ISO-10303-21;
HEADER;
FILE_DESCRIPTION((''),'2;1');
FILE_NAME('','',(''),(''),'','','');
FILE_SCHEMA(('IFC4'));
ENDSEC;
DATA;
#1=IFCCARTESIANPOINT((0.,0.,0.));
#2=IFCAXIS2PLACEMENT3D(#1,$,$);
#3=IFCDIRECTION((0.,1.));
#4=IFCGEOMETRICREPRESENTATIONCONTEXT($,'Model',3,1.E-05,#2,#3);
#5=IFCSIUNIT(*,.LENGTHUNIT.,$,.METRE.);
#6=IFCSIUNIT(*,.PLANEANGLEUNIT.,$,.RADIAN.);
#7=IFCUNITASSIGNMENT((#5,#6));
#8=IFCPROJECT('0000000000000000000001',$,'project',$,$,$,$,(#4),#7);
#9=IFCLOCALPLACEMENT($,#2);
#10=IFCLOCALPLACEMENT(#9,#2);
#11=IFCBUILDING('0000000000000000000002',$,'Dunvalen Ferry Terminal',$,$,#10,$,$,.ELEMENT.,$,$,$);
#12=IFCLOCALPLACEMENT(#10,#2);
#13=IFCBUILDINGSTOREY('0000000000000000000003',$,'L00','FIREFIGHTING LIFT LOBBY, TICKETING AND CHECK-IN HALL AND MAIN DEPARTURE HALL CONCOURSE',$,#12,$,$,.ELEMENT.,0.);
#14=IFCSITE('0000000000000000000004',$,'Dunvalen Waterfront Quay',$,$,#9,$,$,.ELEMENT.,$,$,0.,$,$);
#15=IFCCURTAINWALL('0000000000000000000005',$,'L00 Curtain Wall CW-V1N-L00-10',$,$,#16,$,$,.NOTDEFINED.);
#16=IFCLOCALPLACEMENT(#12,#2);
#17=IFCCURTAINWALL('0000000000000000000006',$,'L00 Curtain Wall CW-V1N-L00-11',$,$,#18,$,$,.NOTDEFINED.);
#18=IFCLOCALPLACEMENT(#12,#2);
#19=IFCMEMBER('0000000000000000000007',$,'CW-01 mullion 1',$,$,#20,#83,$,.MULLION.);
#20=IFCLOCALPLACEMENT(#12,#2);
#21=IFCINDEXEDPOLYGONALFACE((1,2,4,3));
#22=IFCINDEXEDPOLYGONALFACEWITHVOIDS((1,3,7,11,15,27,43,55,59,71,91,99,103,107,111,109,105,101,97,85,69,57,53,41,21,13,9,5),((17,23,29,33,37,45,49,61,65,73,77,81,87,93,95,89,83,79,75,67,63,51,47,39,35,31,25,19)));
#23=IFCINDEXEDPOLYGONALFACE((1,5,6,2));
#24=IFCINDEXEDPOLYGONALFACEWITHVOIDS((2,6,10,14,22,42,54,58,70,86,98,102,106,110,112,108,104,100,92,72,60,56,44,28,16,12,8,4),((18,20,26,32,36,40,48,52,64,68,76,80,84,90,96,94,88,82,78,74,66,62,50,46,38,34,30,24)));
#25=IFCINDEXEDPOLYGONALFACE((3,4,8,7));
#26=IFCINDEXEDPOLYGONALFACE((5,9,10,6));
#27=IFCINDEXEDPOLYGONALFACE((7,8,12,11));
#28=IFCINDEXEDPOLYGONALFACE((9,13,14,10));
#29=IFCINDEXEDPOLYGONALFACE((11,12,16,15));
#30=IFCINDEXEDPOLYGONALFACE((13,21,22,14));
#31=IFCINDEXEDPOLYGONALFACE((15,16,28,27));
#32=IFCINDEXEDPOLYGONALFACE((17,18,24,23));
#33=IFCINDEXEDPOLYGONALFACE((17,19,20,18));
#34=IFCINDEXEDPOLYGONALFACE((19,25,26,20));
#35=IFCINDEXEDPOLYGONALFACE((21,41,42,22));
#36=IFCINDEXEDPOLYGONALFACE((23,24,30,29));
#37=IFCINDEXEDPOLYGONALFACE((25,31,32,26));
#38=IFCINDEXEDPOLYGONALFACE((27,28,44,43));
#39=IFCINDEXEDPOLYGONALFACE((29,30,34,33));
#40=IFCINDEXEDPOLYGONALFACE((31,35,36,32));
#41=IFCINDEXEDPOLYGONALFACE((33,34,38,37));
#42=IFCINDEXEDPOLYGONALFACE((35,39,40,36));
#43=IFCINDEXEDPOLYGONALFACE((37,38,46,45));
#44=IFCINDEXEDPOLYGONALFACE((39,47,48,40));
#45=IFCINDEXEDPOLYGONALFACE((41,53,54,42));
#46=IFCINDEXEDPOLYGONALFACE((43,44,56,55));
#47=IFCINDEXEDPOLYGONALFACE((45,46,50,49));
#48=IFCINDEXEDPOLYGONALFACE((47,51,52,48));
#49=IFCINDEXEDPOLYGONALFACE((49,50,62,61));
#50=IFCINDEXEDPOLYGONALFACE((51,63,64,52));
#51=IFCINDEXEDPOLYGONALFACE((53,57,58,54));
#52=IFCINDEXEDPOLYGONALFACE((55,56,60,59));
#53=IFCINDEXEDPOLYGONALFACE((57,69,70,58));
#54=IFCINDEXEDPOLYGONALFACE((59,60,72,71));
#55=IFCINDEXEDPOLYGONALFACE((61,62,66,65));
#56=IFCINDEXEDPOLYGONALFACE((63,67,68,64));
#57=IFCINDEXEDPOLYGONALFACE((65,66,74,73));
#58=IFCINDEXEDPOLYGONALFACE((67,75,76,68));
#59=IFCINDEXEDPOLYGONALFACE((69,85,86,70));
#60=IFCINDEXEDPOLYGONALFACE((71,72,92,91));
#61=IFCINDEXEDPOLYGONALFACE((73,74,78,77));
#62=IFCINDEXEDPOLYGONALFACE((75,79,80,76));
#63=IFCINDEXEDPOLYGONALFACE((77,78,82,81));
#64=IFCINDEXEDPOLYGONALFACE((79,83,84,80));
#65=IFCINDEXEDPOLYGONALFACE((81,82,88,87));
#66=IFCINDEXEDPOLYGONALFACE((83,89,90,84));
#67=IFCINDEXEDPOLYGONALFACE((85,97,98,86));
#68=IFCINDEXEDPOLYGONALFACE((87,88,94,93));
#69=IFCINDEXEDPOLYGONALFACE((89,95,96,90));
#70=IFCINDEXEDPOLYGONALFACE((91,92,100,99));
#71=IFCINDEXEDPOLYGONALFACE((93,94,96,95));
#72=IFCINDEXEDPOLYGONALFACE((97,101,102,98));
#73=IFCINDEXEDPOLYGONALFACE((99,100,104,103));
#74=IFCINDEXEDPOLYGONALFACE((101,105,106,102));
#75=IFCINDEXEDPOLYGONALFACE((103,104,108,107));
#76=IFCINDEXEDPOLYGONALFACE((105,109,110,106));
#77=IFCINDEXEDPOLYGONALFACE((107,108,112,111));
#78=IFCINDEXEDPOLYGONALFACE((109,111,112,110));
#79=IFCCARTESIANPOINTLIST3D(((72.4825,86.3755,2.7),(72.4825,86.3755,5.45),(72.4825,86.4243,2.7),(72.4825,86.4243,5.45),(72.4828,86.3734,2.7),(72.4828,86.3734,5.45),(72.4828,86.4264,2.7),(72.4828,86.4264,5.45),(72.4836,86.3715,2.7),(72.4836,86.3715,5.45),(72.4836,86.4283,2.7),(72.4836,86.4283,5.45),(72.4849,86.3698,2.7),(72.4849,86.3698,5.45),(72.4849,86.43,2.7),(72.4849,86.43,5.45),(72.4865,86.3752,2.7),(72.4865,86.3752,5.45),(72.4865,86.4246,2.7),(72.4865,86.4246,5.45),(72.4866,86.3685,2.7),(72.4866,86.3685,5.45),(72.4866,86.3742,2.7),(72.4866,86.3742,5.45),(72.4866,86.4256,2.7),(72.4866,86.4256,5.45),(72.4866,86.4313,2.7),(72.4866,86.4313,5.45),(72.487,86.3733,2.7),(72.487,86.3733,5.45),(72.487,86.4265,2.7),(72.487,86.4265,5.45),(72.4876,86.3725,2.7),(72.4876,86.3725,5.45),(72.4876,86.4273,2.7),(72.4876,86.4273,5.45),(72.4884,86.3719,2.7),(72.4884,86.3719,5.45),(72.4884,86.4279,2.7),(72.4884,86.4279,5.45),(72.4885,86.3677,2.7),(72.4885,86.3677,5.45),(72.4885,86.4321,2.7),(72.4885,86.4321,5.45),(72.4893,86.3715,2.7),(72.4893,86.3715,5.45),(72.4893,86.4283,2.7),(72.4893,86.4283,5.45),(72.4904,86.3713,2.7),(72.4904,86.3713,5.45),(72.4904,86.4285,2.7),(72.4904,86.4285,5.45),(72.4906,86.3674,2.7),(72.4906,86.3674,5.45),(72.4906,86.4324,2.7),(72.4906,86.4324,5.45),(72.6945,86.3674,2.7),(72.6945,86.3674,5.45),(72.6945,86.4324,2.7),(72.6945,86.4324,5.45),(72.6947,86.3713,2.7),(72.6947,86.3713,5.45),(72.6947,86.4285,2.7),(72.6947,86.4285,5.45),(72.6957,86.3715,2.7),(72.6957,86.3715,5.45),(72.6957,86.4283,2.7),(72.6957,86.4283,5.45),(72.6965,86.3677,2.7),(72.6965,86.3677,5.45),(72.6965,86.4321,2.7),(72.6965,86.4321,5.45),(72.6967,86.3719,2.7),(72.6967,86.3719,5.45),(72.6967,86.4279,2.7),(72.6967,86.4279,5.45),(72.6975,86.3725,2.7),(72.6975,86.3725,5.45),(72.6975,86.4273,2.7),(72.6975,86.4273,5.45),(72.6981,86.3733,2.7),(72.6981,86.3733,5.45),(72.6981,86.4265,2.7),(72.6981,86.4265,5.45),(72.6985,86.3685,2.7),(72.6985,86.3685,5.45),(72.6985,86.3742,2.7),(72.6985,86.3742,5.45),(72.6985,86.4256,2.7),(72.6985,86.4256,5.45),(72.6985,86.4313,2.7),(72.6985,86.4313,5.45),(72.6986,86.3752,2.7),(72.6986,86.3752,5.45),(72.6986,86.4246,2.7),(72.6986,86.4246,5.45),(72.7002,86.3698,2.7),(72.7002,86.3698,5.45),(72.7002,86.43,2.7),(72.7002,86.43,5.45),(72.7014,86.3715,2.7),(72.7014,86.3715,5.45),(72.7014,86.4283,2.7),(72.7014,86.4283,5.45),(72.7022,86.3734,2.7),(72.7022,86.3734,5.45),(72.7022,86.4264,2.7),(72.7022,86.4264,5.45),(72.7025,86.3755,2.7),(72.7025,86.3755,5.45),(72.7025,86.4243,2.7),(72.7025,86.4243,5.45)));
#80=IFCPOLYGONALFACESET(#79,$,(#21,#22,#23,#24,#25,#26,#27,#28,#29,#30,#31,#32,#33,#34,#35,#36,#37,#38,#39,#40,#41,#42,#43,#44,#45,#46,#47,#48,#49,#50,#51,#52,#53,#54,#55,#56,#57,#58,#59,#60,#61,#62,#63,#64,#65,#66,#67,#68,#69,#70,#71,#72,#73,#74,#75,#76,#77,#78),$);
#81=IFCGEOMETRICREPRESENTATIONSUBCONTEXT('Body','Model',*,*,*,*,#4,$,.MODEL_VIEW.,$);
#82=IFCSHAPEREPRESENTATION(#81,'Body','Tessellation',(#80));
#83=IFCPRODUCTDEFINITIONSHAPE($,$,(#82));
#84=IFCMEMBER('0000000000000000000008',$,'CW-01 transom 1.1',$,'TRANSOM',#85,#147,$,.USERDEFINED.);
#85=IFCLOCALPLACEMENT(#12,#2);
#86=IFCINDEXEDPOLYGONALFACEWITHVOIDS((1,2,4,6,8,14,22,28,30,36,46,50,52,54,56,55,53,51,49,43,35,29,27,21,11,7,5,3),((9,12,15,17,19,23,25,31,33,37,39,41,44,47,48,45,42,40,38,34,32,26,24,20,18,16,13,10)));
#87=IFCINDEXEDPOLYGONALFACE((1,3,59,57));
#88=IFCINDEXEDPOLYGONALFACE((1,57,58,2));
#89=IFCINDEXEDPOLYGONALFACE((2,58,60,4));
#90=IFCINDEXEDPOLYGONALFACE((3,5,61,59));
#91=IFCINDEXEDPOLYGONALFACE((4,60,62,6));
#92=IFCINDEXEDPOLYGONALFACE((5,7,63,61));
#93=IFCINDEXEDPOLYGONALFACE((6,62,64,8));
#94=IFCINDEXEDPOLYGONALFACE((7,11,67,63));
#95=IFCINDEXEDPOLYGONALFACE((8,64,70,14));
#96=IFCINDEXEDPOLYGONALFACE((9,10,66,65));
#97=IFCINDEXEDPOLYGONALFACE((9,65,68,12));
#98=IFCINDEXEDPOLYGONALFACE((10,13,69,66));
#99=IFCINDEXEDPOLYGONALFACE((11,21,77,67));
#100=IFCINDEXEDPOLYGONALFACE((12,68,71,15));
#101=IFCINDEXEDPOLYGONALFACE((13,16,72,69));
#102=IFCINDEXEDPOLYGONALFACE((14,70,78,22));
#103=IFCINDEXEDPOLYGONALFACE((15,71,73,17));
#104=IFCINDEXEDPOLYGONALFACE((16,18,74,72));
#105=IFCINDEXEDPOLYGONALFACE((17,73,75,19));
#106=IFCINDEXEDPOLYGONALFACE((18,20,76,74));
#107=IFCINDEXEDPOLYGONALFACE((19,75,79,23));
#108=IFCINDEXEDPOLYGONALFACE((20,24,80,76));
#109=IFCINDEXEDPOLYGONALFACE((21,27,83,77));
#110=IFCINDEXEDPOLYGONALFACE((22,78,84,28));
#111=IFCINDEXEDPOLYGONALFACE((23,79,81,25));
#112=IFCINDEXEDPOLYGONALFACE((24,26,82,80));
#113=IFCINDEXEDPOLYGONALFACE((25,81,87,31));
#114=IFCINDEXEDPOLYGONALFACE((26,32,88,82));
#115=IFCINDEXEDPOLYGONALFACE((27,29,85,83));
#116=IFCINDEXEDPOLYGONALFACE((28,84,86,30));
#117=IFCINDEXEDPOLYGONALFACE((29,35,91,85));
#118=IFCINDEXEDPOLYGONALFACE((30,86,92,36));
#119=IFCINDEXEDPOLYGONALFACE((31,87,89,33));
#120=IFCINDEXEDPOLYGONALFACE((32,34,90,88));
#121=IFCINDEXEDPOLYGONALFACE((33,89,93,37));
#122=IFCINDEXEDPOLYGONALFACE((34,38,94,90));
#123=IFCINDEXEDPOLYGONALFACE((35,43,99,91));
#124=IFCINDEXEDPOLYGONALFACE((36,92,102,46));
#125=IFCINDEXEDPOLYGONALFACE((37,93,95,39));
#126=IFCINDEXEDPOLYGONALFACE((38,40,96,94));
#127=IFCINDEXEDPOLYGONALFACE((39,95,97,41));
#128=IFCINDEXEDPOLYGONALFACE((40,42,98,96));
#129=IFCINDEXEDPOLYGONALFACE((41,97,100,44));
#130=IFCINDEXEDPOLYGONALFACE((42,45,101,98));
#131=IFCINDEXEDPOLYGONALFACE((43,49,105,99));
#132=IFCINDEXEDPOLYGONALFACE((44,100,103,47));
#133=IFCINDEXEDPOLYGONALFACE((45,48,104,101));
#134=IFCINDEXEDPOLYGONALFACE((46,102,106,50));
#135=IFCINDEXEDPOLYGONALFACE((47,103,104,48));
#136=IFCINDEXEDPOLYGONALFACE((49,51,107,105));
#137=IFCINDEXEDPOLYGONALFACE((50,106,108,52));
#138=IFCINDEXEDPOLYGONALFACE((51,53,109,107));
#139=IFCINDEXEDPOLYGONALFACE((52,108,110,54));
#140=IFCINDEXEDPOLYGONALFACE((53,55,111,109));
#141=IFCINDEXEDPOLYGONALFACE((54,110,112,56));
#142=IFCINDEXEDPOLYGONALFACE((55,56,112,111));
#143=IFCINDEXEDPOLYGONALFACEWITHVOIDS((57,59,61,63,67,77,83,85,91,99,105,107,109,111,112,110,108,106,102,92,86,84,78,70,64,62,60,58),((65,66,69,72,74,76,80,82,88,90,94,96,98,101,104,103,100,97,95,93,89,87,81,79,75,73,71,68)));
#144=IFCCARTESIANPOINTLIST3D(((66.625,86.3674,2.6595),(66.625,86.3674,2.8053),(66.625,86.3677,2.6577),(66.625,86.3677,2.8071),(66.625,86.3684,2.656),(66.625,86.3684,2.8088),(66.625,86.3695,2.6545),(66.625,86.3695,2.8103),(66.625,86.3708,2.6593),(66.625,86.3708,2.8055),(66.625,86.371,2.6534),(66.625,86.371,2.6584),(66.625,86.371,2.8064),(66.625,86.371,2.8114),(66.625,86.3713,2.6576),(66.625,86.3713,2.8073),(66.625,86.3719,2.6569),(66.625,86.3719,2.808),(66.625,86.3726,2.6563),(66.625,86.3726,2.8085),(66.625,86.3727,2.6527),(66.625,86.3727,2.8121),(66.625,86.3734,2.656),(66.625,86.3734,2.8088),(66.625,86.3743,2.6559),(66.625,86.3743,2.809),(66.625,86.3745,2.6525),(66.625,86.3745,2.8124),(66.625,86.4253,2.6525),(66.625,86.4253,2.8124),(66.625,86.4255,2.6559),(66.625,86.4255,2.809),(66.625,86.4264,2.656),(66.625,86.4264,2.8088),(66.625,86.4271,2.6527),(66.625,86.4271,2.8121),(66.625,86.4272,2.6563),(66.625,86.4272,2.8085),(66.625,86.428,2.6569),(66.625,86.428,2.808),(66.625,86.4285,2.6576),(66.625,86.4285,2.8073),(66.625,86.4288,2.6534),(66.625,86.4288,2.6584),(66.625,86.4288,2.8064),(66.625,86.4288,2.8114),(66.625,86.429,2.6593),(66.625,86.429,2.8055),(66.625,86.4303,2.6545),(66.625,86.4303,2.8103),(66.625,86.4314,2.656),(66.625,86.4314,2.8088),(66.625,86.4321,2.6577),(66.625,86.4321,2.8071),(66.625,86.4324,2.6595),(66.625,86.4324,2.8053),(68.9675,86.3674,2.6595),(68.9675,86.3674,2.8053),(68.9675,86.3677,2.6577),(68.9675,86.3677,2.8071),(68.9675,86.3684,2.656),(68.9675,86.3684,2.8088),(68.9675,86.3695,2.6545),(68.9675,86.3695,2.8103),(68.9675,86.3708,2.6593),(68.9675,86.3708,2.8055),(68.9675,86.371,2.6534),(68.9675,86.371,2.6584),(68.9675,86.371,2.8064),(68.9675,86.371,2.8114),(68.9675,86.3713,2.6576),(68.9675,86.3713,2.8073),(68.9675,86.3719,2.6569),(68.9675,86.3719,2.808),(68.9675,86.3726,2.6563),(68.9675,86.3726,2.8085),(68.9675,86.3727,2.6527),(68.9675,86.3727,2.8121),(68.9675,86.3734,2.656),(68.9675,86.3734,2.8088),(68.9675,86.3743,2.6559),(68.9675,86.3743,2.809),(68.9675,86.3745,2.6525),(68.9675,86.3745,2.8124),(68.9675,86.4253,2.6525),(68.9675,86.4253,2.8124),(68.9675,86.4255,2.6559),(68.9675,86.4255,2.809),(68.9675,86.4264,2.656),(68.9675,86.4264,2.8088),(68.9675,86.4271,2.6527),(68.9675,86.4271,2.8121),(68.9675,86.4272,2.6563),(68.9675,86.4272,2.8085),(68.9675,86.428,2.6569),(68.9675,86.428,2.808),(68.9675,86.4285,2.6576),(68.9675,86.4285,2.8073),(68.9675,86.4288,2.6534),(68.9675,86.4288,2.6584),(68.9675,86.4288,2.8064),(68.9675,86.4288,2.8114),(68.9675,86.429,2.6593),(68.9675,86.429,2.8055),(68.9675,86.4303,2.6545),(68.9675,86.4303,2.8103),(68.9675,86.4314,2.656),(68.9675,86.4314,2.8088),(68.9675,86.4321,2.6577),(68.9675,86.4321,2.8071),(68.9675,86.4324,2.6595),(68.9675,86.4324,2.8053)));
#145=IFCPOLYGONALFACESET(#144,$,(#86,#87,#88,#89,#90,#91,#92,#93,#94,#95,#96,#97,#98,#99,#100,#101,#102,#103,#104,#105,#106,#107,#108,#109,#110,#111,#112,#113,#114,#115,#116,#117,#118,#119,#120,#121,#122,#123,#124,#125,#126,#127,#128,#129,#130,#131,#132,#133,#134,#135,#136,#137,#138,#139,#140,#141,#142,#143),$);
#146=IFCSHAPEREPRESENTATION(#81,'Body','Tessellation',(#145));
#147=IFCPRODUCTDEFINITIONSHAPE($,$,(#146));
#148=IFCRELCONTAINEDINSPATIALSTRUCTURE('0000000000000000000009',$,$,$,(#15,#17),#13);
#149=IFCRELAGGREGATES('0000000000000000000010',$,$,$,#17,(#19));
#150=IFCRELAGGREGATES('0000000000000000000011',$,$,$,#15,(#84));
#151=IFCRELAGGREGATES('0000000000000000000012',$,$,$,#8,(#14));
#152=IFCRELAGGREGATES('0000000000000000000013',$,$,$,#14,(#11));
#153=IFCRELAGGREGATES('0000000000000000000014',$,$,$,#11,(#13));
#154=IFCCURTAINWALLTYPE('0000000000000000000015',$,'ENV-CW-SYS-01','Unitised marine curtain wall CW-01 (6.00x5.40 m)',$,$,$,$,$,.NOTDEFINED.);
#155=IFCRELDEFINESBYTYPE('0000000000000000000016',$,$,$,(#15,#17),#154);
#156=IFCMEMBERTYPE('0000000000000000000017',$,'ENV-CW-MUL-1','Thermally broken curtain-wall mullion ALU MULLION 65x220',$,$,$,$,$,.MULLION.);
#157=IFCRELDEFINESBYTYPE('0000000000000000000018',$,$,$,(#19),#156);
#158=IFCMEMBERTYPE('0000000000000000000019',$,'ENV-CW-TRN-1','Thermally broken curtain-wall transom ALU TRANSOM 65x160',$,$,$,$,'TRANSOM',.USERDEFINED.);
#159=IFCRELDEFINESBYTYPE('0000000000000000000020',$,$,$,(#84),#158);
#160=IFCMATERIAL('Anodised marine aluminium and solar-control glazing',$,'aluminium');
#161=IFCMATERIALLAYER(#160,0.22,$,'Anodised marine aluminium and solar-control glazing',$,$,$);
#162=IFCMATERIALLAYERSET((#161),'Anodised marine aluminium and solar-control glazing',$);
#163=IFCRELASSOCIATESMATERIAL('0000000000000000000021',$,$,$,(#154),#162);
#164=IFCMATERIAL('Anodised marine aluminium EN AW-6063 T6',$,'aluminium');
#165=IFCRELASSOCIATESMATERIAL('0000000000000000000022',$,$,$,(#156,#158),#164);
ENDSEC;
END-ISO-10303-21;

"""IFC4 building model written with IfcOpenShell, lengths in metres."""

from ifc_helpers import new_model, si_unit, direction, frame, origin, origin_2d, place, context, subcontext, project, spatial, hollow_rectangle, extrude, material, layer, layer_set, material_profile, profile_set, type_object, element, aggregate, save


model = new_model("IFC4")

# Units and contexts
model_context = context("Model", 3, precision=1e-05, world=origin(), true_north=direction((0.0, 1.0)))
body_context = subcontext(model_context, "Body", "Model", "MODEL_VIEW")
ifc_project = project(units=[si_unit("LENGTHUNIT", "METRE"), si_unit("PLANEANGLEUNIT", "RADIAN")], contexts=[model_context])

# Site, building, storey
site_placement = place(None, origin())
site = spatial("IfcSite", under=ifc_project, at=site_placement, Name="Dunvalen Waterfront Quay", CompositionType="ELEMENT", RefElevation=0.0)
building_placement = place(site_placement, origin())
building = spatial("IfcBuilding", under=site, at=building_placement, Name="Dunvalen Ferry Terminal", CompositionType="ELEMENT")
storey_placement = place(building_placement, origin())
storey = spatial("IfcBuildingStorey", under=building, at=storey_placement, Name="L00", Description="FIREFIGHTING LIFT LOBBY, TICKETING AND CHECK-IN HALL AND MAIN DEPARTURE HALL CONCOURSE", CompositionType="ELEMENT", Elevation=0.0)

# Curtain wall
ifc_material_1 = material(Name="Anodised marine aluminium and solar-control glazing", Category="aluminium")
ifc_layer_1 = layer(ifc_material_1, 0.22, Name="Anodised marine aluminium and solar-control glazing")
ifc_layer_set_1 = layer_set([ifc_layer_1], Name="Anodised marine aluminium and solar-control glazing")
curtain_wall_type = type_object("IfcCurtainWallType", Name="ENV-CW-SYS-01", Description="Unitised marine curtain wall CW-01 (6.00x5.40 m)", PredefinedType="NOTDEFINED", material=ifc_layer_set_1)
curtain_wall_1_placement = place(storey_placement, origin())
curtain_wall_1 = element("IfcCurtainWall", 1, at=curtain_wall_1_placement, inside=storey, type_object=curtain_wall_type, Name="L00 Curtain Wall CW-V1N-L00-10", PredefinedType="NOTDEFINED")
ifc_material_2 = material(Name="Anodised marine aluminium EN AW-6063 T6", Category="aluminium")
ifc_material_profile_1 = material_profile(ifc_material_2, hollow_rectangle(XDim=0.0649, YDim=0.22, WallThickness=0.0039, InnerFilletRadius=0.0039, OuterFilletRadius=0.0081, at=origin_2d()), Name="Anodised marine aluminium EN AW-6063 T6")
ifc_profile_set_1 = profile_set([ifc_material_profile_1], Name="Anodised marine aluminium EN AW-6063 T6")
member_type_1 = type_object("IfcMemberType", Name="ENV-CW-MUL-1", Description="Thermally broken curtain-wall mullion ALU MULLION 65x220", PredefinedType="MULLION", material=ifc_profile_set_1)

# Curtain wall, member
curtain_wall_2_placement = place(storey_placement, origin())
curtain_wall_2 = element("IfcCurtainWall", 2, at=curtain_wall_2_placement, inside=storey, type_object=curtain_wall_type, Name="L00 Curtain Wall CW-V1N-L00-11", PredefinedType="NOTDEFINED")
member_1_placement = place(storey_placement, frame((72.5925, 86.3999, 2.7), z_axis=(0.0, 0.0, 1.0), x_axis=(0.0, 1.0, 0.0)))
member_1 = element("IfcMember", 3, at=member_1_placement, type_object=member_type_1, Name="CW-01 mullion 1", PredefinedType="MULLION", context=body_context, shape_type="SweptSolid", body=[
    extrude(hollow_rectangle(XDim=0.0649, YDim=0.22, WallThickness=0.0039, InnerFilletRadius=0.0039, OuterFilletRadius=0.0081, at=origin_2d()), origin(), (0.0, 0.0, 1.0), 2.75),
])

# Member
ifc_material_profile_2 = material_profile(ifc_material_2, hollow_rectangle(XDim=0.0649, YDim=0.1599, WallThickness=0.0034, InnerFilletRadius=0.0034, OuterFilletRadius=0.0071, at=origin_2d()), Name="Anodised marine aluminium EN AW-6063 T6")
ifc_profile_set_2 = profile_set([ifc_material_profile_2], Name="Anodised marine aluminium EN AW-6063 T6")
member_type_2 = type_object("IfcMemberType", Name="ENV-CW-TRN-1", Description="Thermally broken curtain-wall transom ALU TRANSOM 65x160", ElementType="TRANSOM", PredefinedType="USERDEFINED", material=ifc_profile_set_2)
member_2_placement = place(storey_placement, frame((66.625, 86.3999, 2.7324), z_axis=(1.0, 0.0, 0.0), x_axis=(0.0, 1.0, 0.0)))
member_2 = element("IfcMember", 4, at=member_2_placement, type_object=member_type_2, Name="CW-01 transom 1.1", ObjectType="TRANSOM", PredefinedType="USERDEFINED", context=body_context, shape_type="SweptSolid", body=[
    extrude(hollow_rectangle(XDim=0.0649, YDim=0.1599, WallThickness=0.0034, InnerFilletRadius=0.0034, OuterFilletRadius=0.0071, at=origin_2d()), origin(), (0.0, 0.0, 1.0), 2.3425),
])
aggregate(curtain_wall_2, [member_1])

aggregate(curtain_wall_1, [member_2])

save(model, "model.ifc")
